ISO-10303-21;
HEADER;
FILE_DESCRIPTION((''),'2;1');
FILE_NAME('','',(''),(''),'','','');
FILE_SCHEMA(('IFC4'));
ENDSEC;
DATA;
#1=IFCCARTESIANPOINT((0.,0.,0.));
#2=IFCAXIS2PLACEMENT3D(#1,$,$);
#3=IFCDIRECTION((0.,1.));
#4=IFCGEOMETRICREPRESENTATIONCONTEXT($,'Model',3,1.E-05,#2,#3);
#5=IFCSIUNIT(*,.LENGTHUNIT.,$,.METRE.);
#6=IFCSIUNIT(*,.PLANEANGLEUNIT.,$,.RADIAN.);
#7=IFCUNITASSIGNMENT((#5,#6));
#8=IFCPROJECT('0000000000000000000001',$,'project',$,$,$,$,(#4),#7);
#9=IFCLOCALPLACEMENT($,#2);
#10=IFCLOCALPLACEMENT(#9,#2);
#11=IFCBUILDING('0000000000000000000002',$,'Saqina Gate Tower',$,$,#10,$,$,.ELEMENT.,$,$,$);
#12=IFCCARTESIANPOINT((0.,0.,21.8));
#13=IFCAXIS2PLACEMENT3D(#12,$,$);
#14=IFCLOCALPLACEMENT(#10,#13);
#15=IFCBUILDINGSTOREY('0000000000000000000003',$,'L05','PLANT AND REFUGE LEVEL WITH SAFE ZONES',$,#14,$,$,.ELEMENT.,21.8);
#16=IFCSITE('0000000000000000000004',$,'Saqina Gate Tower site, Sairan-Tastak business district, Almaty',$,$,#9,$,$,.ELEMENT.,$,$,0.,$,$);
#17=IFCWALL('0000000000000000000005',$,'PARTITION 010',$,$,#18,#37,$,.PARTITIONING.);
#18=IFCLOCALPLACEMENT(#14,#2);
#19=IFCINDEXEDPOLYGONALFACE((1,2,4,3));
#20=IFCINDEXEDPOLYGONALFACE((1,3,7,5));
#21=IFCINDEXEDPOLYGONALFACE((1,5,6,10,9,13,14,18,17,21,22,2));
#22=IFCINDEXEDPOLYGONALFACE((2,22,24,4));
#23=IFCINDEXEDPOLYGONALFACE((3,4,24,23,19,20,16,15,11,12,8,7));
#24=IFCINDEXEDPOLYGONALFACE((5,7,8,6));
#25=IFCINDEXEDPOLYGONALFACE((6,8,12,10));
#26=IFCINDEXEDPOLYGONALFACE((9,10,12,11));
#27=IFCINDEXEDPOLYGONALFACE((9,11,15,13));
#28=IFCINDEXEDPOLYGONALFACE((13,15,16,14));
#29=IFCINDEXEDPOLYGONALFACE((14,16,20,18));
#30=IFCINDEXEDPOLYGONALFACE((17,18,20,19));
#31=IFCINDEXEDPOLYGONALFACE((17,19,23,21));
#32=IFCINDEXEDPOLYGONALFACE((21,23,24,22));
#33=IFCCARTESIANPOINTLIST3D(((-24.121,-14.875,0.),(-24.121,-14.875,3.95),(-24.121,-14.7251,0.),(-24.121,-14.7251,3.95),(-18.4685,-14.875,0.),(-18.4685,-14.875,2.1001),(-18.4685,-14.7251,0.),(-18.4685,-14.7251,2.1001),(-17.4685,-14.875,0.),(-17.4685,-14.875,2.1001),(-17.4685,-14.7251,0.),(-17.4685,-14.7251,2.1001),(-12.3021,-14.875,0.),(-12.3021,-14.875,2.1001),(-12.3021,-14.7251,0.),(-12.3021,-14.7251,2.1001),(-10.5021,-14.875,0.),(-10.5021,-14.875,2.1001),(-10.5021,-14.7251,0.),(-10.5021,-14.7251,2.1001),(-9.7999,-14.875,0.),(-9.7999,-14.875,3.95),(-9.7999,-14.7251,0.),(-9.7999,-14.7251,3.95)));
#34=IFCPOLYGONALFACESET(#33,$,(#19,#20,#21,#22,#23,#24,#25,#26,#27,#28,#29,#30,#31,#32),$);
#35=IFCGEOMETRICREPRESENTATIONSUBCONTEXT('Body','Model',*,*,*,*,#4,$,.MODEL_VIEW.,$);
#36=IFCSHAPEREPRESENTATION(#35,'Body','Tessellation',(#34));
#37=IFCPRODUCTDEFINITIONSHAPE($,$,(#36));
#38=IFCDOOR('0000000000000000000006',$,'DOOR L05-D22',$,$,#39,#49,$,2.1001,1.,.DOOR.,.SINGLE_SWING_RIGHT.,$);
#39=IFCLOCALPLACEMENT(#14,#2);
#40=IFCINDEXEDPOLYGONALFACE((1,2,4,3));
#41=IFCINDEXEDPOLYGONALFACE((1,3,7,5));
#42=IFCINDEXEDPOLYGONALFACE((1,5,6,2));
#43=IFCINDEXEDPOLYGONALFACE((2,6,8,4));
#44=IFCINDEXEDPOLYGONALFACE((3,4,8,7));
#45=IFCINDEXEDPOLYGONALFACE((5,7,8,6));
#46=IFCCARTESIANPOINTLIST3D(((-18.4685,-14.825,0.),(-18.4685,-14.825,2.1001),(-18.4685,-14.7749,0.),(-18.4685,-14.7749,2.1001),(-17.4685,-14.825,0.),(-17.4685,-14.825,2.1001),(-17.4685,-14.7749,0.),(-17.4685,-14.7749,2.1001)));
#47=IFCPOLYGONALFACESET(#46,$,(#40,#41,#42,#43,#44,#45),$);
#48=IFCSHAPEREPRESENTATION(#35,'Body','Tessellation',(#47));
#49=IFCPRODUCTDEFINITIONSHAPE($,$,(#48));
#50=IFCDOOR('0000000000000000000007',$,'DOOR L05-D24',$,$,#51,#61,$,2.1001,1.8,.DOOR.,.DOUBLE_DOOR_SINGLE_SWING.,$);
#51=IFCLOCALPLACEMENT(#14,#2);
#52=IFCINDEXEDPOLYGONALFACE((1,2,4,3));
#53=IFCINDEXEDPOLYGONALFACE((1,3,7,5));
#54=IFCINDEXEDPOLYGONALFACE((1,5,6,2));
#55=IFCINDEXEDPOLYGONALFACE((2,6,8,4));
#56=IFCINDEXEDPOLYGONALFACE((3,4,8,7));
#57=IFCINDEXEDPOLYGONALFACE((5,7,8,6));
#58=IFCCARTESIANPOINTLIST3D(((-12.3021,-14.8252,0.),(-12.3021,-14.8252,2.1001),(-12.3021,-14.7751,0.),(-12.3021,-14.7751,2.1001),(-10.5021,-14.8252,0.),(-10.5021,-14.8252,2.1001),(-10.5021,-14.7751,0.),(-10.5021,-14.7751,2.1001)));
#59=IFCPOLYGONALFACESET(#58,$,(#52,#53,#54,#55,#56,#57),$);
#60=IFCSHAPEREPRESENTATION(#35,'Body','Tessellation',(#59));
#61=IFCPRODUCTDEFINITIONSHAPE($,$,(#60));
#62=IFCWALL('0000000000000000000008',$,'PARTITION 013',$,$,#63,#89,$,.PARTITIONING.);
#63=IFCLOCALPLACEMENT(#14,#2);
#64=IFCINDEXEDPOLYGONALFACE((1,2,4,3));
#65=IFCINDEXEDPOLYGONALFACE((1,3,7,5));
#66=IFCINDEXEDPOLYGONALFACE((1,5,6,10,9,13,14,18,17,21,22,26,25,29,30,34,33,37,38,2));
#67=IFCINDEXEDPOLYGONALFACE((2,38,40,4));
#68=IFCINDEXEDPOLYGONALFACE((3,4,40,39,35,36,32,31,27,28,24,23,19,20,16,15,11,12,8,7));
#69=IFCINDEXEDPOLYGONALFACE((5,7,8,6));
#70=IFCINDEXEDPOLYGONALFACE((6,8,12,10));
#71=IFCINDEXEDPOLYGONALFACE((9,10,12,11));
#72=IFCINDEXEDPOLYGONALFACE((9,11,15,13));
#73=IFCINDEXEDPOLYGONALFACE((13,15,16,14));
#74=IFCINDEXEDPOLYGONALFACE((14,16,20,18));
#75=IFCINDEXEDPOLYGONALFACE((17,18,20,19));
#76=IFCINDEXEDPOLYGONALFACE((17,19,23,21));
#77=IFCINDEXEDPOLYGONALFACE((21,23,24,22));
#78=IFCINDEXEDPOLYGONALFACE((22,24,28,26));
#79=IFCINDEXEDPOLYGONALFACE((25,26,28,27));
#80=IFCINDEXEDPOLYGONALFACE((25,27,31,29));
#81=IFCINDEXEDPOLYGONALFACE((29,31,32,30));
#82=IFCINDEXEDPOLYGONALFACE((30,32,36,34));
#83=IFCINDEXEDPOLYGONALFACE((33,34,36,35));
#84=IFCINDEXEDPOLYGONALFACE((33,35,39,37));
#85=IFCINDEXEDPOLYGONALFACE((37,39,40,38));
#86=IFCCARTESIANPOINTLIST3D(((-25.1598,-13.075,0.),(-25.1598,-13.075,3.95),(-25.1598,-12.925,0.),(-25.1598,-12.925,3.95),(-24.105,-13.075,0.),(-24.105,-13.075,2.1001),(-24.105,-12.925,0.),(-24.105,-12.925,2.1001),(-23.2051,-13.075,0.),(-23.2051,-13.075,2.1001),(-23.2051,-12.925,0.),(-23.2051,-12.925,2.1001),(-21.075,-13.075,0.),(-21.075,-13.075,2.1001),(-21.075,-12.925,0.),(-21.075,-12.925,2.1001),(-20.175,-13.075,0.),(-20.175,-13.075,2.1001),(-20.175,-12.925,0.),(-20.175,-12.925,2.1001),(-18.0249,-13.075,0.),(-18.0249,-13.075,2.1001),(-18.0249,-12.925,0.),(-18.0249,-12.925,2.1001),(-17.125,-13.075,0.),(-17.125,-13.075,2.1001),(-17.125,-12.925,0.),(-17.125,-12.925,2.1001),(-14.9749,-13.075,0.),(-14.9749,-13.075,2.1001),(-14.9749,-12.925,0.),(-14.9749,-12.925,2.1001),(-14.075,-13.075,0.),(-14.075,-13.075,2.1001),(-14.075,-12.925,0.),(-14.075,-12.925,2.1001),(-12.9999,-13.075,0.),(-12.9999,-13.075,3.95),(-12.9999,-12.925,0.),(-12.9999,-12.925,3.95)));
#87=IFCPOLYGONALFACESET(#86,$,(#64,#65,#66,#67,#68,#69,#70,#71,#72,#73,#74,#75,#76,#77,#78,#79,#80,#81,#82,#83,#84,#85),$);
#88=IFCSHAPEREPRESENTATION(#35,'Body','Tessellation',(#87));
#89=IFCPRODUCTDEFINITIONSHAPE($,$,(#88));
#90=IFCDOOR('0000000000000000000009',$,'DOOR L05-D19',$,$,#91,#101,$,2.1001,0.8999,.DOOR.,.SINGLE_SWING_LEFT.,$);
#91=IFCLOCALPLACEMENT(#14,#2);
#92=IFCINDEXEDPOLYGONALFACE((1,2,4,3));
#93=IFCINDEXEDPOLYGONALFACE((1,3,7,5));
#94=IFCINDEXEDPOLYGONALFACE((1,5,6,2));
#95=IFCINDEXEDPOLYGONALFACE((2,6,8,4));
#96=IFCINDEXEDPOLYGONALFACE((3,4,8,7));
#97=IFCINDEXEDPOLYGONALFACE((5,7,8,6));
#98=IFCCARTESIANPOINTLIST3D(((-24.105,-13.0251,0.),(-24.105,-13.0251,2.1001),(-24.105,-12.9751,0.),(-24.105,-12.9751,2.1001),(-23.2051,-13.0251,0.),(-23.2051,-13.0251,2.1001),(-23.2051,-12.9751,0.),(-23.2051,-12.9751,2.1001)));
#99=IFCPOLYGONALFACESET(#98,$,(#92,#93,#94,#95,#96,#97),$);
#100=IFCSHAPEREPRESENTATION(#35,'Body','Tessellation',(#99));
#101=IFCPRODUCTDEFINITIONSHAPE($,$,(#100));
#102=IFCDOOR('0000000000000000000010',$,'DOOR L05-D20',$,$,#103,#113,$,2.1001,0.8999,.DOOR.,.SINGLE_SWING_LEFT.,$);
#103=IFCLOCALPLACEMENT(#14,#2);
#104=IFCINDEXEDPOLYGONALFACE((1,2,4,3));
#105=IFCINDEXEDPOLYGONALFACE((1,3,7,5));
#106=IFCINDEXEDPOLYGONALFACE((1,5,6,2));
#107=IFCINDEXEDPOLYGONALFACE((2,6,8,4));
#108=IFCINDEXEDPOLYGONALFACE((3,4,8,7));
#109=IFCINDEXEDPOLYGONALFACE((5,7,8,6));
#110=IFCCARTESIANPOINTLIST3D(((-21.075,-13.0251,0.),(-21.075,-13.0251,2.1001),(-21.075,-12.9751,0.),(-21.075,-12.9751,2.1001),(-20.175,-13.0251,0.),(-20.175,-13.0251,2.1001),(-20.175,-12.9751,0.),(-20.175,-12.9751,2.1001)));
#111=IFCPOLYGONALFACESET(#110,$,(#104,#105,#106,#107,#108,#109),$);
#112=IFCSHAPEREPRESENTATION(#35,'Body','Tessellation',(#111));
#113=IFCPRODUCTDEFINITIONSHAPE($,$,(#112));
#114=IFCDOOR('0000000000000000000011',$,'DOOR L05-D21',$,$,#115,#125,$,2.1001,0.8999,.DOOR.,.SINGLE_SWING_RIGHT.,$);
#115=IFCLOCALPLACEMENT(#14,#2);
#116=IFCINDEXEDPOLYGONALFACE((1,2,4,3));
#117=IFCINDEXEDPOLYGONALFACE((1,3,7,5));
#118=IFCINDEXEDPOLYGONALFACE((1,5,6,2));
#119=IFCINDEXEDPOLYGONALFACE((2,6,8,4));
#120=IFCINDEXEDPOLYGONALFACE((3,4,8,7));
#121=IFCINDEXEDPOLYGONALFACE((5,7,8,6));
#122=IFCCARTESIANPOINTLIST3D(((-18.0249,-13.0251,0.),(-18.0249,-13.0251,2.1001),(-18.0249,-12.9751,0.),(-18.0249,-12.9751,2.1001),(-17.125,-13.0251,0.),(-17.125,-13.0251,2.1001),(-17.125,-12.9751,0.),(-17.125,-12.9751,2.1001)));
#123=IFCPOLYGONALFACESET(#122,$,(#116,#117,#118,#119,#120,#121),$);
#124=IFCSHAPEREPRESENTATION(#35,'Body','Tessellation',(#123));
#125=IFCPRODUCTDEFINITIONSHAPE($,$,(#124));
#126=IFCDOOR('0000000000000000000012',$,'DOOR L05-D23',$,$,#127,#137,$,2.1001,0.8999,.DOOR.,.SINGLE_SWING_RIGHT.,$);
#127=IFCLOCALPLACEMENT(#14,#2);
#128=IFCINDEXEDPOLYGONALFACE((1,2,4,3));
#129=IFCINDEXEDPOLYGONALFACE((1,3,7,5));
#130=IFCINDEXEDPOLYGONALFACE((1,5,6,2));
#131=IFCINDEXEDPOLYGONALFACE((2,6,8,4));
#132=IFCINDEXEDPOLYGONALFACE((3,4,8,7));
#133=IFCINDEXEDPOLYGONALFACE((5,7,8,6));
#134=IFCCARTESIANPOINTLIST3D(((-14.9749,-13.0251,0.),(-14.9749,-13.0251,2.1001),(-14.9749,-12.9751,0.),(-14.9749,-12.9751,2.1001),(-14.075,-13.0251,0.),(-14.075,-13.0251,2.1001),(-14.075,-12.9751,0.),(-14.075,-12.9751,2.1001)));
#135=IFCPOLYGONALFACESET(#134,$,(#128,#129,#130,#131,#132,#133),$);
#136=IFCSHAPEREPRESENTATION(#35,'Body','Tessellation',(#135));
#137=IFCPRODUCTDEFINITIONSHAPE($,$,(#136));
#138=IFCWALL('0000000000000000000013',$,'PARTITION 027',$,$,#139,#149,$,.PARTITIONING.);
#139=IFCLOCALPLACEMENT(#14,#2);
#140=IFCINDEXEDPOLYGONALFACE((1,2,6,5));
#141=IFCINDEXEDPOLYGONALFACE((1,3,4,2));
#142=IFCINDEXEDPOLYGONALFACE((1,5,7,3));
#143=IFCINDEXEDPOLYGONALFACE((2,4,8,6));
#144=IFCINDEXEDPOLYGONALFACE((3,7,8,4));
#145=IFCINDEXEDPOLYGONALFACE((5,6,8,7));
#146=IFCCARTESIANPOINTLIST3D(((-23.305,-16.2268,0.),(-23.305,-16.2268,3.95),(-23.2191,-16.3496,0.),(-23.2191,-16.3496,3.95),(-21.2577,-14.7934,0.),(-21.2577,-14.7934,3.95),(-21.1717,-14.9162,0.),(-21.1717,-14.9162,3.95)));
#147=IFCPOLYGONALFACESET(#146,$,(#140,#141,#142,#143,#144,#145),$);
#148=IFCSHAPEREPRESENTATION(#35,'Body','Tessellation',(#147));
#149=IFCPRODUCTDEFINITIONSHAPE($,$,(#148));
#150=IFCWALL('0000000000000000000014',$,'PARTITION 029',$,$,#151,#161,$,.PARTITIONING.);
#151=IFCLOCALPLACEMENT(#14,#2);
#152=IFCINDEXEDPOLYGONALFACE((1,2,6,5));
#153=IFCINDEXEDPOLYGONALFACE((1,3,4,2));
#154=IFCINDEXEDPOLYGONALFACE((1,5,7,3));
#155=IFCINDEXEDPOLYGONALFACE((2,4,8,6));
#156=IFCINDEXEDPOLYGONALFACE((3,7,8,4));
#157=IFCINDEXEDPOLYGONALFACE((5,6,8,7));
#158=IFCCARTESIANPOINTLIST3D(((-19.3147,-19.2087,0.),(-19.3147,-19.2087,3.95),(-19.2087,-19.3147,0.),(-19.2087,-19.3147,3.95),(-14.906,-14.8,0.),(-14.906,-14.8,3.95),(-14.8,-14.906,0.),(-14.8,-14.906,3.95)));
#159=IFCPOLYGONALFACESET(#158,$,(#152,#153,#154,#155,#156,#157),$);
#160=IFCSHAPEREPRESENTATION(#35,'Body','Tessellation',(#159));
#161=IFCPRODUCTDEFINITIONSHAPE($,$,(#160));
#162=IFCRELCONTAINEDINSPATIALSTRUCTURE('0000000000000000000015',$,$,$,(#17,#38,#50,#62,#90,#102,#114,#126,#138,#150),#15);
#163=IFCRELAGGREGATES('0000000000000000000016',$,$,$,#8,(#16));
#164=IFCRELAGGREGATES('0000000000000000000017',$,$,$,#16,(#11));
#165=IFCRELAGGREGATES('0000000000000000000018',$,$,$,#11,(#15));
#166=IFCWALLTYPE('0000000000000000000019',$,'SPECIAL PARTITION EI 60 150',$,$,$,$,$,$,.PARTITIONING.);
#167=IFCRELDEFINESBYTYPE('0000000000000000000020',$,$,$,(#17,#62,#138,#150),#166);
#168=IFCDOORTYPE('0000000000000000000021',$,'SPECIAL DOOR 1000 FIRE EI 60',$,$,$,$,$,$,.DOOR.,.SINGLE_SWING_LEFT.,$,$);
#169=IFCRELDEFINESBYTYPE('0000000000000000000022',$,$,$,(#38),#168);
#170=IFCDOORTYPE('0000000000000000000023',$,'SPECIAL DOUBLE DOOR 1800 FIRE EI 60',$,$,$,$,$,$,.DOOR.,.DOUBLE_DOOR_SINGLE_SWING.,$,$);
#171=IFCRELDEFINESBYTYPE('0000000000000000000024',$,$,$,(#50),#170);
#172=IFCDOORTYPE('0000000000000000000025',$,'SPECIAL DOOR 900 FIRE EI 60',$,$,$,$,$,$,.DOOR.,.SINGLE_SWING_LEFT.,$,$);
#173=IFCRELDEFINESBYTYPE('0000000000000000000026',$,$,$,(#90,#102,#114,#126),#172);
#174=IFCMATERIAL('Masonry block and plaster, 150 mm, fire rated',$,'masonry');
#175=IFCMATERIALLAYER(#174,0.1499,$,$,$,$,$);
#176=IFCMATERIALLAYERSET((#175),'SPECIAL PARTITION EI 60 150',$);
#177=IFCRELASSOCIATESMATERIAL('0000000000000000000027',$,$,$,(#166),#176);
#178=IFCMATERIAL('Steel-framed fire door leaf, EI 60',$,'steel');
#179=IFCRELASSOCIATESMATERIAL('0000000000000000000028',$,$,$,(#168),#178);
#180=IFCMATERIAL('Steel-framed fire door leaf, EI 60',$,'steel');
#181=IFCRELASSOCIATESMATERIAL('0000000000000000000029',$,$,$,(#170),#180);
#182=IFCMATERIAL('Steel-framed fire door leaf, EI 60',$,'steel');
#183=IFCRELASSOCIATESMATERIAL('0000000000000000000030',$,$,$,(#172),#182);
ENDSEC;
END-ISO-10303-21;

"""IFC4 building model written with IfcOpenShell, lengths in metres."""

from ifc_helpers import new_model, si_unit, direction, frame, frame_2d, origin, place, context, subcontext, project, spatial, rectangle, extrude, material, layer, layer_set, type_object, element, fill, save


model = new_model("IFC4")

# Units and contexts
model_context = context("Model", 3, precision=1e-05, world=origin(), true_north=direction((0.0, 1.0)))
body_context = subcontext(model_context, "Body", "Model", "MODEL_VIEW")
ifc_project = project(units=[si_unit("LENGTHUNIT", "METRE"), si_unit("PLANEANGLEUNIT", "RADIAN")], contexts=[model_context])

# Site, building, storey
site_placement = place(None, origin())
site = spatial("IfcSite", under=ifc_project, at=site_placement, Name="Saqina Gate Tower site, Sairan-Tastak business district, Almaty", CompositionType="ELEMENT", RefElevation=0.0)
building_placement = place(site_placement, origin())
building = spatial("IfcBuilding", under=site, at=building_placement, Name="Saqina Gate Tower", CompositionType="ELEMENT")
storey_placement = place(building_placement, frame((0.0, 0.0, 21.8)))
storey = spatial("IfcBuildingStorey", under=building, at=storey_placement, Name="L05", Description="PLANT AND REFUGE LEVEL WITH SAFE ZONES", CompositionType="ELEMENT", Elevation=21.8)

# Shared definitions
ifc_material_1 = material(Name="Masonry block and plaster, 150 mm, fire rated", Category="masonry")
ifc_layer_1 = layer(ifc_material_1, 0.1499)
ifc_layer_set_1 = layer_set([ifc_layer_1], Name="SPECIAL PARTITION EI 60 150")
wall_type_1 = type_object("IfcWallType", Name="SPECIAL PARTITION EI 60 150", PredefinedType="PARTITIONING", material=ifc_layer_set_1)

# Walls, openings, doors
wall_1_placement = place(storey_placement, frame((-24.1211, -14.8, 0.0), z_axis=(0.0, 0.0, 1.0), x_axis=(1.0, 0.0, 0.0)))
wall_1 = element("IfcWall", 1, at=wall_1_placement, inside=storey, type_object=wall_type_1, Name="PARTITION 010", PredefinedType="PARTITIONING", context=body_context, shape_type="SweptSolid", body=[
    extrude(rectangle(XDim=14.321, YDim=0.1499, at=frame_2d((7.1606, 0.0))), origin(), (0.0, 0.0, 1.0), 3.95),
])
opening_1_placement = place(wall_1_placement, frame((5.6526, 0.0, 0.0)))
opening_1 = element("IfcOpeningElement", 2, at=opening_1_placement, cuts=wall_1, PredefinedType="OPENING", context=body_context, shape_type="SweptSolid", body=[
    extrude(rectangle(XDim=1.0, YDim=2.1001, at=frame_2d((0.5, 1.05))), frame((0.0, 0.0869, 0.0), z_axis=(0.0, -1.0, 0.0), x_axis=(1.0, 0.0, 0.0)), (0.0, 0.0, 1.0), 0.1738),
])
opening_2_placement = place(wall_1_placement, frame((11.8191, 0.0, 0.0)))
opening_2 = element("IfcOpeningElement", 3, at=opening_2_placement, cuts=wall_1, PredefinedType="OPENING", context=body_context, shape_type="SweptSolid", body=[
    extrude(rectangle(XDim=1.8, YDim=2.1001, at=frame_2d((0.8999, 1.05))), frame((0.0, 0.0869, 0.0), z_axis=(0.0, -1.0, 0.0), x_axis=(1.0, 0.0, 0.0)), (0.0, 0.0, 1.0), 0.1738),
])
ifc_material_2 = material(Name="Steel-framed fire door leaf, EI 60", Category="steel")
door_type_1 = type_object("IfcDoorType", Name="SPECIAL DOOR 1000 FIRE EI 60", OperationType="SINGLE_SWING_LEFT", PredefinedType="DOOR", material=ifc_material_2)
door_1_placement = place(opening_1_placement, frame((1.0, 0.0, 0.0), z_axis=(0.0, 0.0, 1.0), x_axis=(-1.0, 0.0, 0.0)))
door_1 = element("IfcDoor", 4, at=door_1_placement, inside=storey, type_object=door_type_1, Name="DOOR L05-D22", OperationType="SINGLE_SWING_RIGHT", OverallHeight=2.1001, OverallWidth=1.0, PredefinedType="DOOR", context=body_context, shape_type="SweptSolid", body=[
    extrude(rectangle(XDim=1.0, YDim=2.1001, at=frame_2d((0.5, 1.05))), frame((0.0, 0.0249, 0.0), z_axis=(0.0, -1.0, 0.0), x_axis=(1.0, 0.0, 0.0)), (0.0, 0.0, 1.0), 0.05),
])
fill(opening_1, door_1)
ifc_material_3 = material(Name="Steel-framed fire door leaf, EI 60", Category="steel")
door_type_2 = type_object("IfcDoorType", Name="SPECIAL DOUBLE DOOR 1800 FIRE EI 60", OperationType="DOUBLE_DOOR_SINGLE_SWING", PredefinedType="DOOR", material=ifc_material_3)
door_2_placement = place(opening_2_placement, origin())
door_2 = element("IfcDoor", 5, at=door_2_placement, inside=storey, type_object=door_type_2, Name="DOOR L05-D24", OperationType="DOUBLE_DOOR_SINGLE_SWING", OverallHeight=2.1001, OverallWidth=1.8, PredefinedType="DOOR", context=body_context, shape_type="SweptSolid", body=[
    extrude(rectangle(XDim=1.8, YDim=2.1001, at=frame_2d((0.8999, 1.05))), frame((0.0, 0.0249, 0.0), z_axis=(0.0, -1.0, 0.0), x_axis=(1.0, 0.0, 0.0)), (0.0, 0.0, 1.0), 0.05),
])
fill(opening_2, door_2)
wall_2_placement = place(storey_placement, frame((-25.1599, -13.0, 0.0), z_axis=(0.0, 0.0, 1.0), x_axis=(1.0, 0.0, 0.0)))
wall_2 = element("IfcWall", 6, at=wall_2_placement, inside=storey, type_object=wall_type_1, Name="PARTITION 013", PredefinedType="PARTITIONING", context=body_context, shape_type="SweptSolid", body=[
    extrude(rectangle(XDim=12.1599, YDim=0.1499, at=frame_2d((6.0801, 0.0))), origin(), (0.0, 0.0, 1.0), 3.95),
])
opening_3_placement = place(wall_2_placement, frame((1.0549, 0.0, 0.0)))
opening_3 = element("IfcOpeningElement", 7, at=opening_3_placement, cuts=wall_2, PredefinedType="OPENING", context=body_context, shape_type="SweptSolid", body=[
    extrude(rectangle(XDim=0.8999, YDim=2.1001, at=frame_2d((0.45, 1.05))), frame((0.0, 0.0869, 0.0), z_axis=(0.0, -1.0, 0.0), x_axis=(1.0, 0.0, 0.0)), (0.0, 0.0, 1.0), 0.1738),
])
opening_4_placement = place(wall_2_placement, frame((4.085, 0.0, 0.0)))
opening_4 = element("IfcOpeningElement", 8, at=opening_4_placement, cuts=wall_2, PredefinedType="OPENING", context=body_context, shape_type="SweptSolid", body=[
    extrude(rectangle(XDim=0.8999, YDim=2.1001, at=frame_2d((0.45, 1.05))), frame((0.0, 0.0869, 0.0), z_axis=(0.0, -1.0, 0.0), x_axis=(1.0, 0.0, 0.0)), (0.0, 0.0, 1.0), 0.1738),
])
opening_5_placement = place(wall_2_placement, frame((7.135, 0.0, 0.0)))
opening_5 = element("IfcOpeningElement", 9, at=opening_5_placement, cuts=wall_2, PredefinedType="OPENING", context=body_context, shape_type="SweptSolid", body=[
    extrude(rectangle(XDim=0.8999, YDim=2.1001, at=frame_2d((0.45, 1.05))), frame((0.0, 0.0869, 0.0), z_axis=(0.0, -1.0, 0.0), x_axis=(1.0, 0.0, 0.0)), (0.0, 0.0, 1.0), 0.1738),
])
opening_6_placement = place(wall_2_placement, frame((10.1851, 0.0, 0.0)))
opening_6 = element("IfcOpeningElement", 10, at=opening_6_placement, cuts=wall_2, PredefinedType="OPENING", context=body_context, shape_type="SweptSolid", body=[
    extrude(rectangle(XDim=0.8999, YDim=2.1001, at=frame_2d((0.45, 1.05))), frame((0.0, 0.0869, 0.0), z_axis=(0.0, -1.0, 0.0), x_axis=(1.0, 0.0, 0.0)), (0.0, 0.0, 1.0), 0.1738),
])
ifc_material_4 = material(Name="Steel-framed fire door leaf, EI 60", Category="steel")
door_type_3 = type_object("IfcDoorType", Name="SPECIAL DOOR 900 FIRE EI 60", OperationType="SINGLE_SWING_LEFT", PredefinedType="DOOR", material=ifc_material_4)
door_3_placement = place(opening_3_placement, origin())
door_3 = element("IfcDoor", 11, at=door_3_placement, inside=storey, type_object=door_type_3, Name="DOOR L05-D19", OperationType="SINGLE_SWING_LEFT", OverallHeight=2.1001, OverallWidth=0.8999, PredefinedType="DOOR", context=body_context, shape_type="SweptSolid", body=[
    extrude(rectangle(XDim=0.8999, YDim=2.1001, at=frame_2d((0.45, 1.05))), frame((0.0, 0.0249, 0.0), z_axis=(0.0, -1.0, 0.0), x_axis=(1.0, 0.0, 0.0)), (0.0, 0.0, 1.0), 0.05),
])
fill(opening_3, door_3)
door_4_placement = place(opening_4_placement, origin())
door_4 = element("IfcDoor", 12, at=door_4_placement, inside=storey, type_object=door_type_3, Name="DOOR L05-D20", OperationType="SINGLE_SWING_LEFT", OverallHeight=2.1001, OverallWidth=0.8999, PredefinedType="DOOR", context=body_context, shape_type="SweptSolid", body=[
    extrude(rectangle(XDim=0.8999, YDim=2.1001, at=frame_2d((0.45, 1.05))), frame((0.0, 0.0249, 0.0), z_axis=(0.0, -1.0, 0.0), x_axis=(1.0, 0.0, 0.0)), (0.0, 0.0, 1.0), 0.05),
])
fill(opening_4, door_4)
door_5_placement = place(opening_5_placement, origin())
door_5 = element("IfcDoor", 13, at=door_5_placement, inside=storey, type_object=door_type_3, Name="DOOR L05-D21", OperationType="SINGLE_SWING_RIGHT", OverallHeight=2.1001, OverallWidth=0.8999, PredefinedType="DOOR", context=body_context, shape_type="SweptSolid", body=[
    extrude(rectangle(XDim=0.8999, YDim=2.1001, at=frame_2d((0.45, 1.05))), frame((0.0, 0.0249, 0.0), z_axis=(0.0, -1.0, 0.0), x_axis=(1.0, 0.0, 0.0)), (0.0, 0.0, 1.0), 0.05),
])
fill(opening_5, door_5)
door_6_placement = place(opening_6_placement, origin())
door_6 = element("IfcDoor", 14, at=door_6_placement, inside=storey, type_object=door_type_3, Name="DOOR L05-D23", OperationType="SINGLE_SWING_RIGHT", OverallHeight=2.1001, OverallWidth=0.8999, PredefinedType="DOOR", context=body_context, shape_type="SweptSolid", body=[
    extrude(rectangle(XDim=0.8999, YDim=2.1001, at=frame_2d((0.45, 1.05))), frame((0.0, 0.0249, 0.0), z_axis=(0.0, -1.0, 0.0), x_axis=(1.0, 0.0, 0.0)), (0.0, 0.0, 1.0), 0.05),
])
fill(opening_6, door_6)

# Walls
wall_3_placement = place(storey_placement, frame((-23.262, -16.2881, 0.0), z_axis=(0.0, 0.0, 1.0), x_axis=(0.819195, 0.573515, 0.0)))
element("IfcWall", 15, at=wall_3_placement, inside=storey, type_object=wall_type_1, Name="PARTITION 027", PredefinedType="PARTITIONING", context=body_context, shape_type="SweptSolid", body=[
    extrude(rectangle(XDim=2.4993, YDim=0.1499, at=frame_2d((1.2495, 0.0))), origin(), (0.0, 0.0, 1.0), 3.95),
])
wall_4_placement = place(storey_placement, frame((-19.2617, -19.2617, 0.0), z_axis=(0.0, 0.0, 1.0), x_axis=(0.707107, 0.707107, 0.0)))
element("IfcWall", 16, at=wall_4_placement, inside=storey, type_object=wall_type_1, Name="PARTITION 029", PredefinedType="PARTITIONING", context=body_context, shape_type="SweptSolid", body=[
    extrude(rectangle(XDim=6.2349, YDim=0.1499, at=frame_2d((3.1174, 0.0))), origin(), (0.0, 0.0, 1.0), 3.95),
])

save(model, "model.ifc")
